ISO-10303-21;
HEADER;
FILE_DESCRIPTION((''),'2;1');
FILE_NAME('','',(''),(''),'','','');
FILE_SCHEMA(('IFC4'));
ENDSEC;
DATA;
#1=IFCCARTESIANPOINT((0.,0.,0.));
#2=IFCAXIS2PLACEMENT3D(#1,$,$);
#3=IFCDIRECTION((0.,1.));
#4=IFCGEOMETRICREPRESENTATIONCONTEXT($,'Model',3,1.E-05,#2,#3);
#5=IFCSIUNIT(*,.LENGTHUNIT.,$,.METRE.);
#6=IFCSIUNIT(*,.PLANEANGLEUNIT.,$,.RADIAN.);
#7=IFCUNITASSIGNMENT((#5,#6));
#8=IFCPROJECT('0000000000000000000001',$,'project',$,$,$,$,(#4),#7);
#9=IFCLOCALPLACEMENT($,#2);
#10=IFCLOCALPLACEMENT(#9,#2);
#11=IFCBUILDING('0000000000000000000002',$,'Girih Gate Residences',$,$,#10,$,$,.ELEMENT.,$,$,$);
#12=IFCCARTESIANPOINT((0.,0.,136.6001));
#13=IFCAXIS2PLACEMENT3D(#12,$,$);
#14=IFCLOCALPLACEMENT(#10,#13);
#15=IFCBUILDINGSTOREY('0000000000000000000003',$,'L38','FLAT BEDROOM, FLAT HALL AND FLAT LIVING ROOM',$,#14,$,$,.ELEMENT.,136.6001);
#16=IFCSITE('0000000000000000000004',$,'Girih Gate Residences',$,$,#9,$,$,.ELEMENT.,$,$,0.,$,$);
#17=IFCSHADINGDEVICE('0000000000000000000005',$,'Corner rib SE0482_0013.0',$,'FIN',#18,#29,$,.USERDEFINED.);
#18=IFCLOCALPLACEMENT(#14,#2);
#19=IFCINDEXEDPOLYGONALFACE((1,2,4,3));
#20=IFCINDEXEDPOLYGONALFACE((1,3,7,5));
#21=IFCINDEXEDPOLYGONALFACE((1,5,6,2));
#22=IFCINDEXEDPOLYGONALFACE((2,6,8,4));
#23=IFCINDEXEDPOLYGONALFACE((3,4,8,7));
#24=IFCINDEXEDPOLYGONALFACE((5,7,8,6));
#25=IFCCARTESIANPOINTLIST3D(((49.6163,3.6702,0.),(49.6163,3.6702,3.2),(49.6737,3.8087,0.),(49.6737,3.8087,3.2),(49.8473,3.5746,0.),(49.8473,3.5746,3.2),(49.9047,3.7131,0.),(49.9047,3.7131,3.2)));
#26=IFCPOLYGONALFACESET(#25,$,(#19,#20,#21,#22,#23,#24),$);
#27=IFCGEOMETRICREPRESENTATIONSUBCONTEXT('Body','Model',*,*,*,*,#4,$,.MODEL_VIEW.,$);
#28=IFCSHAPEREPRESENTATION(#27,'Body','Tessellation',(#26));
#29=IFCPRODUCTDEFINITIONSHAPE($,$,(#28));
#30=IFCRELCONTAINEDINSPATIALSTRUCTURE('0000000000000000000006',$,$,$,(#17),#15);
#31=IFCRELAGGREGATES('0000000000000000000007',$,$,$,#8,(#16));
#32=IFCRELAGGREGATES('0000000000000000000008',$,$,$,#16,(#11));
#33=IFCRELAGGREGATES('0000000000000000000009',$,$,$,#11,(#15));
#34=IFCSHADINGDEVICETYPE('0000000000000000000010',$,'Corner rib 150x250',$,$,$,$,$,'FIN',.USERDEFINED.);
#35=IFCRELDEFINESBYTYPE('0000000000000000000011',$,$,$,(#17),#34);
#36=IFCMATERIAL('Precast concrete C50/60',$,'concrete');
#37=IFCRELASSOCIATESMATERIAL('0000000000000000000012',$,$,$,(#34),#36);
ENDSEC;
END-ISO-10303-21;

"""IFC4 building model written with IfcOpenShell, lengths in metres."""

from ifc_helpers import new_model, si_unit, direction, frame, origin, origin_2d, place, context, subcontext, project, spatial, rectangle, extrude, material, type_object, element, save


model = new_model("IFC4")

# Units and contexts
model_context = context("Model", 3, precision=1e-05, world=origin(), true_north=direction((0.0, 1.0)))
body_context = subcontext(model_context, "Body", "Model", "MODEL_VIEW")
ifc_project = project(units=[si_unit("LENGTHUNIT", "METRE"), si_unit("PLANEANGLEUNIT", "RADIAN")], contexts=[model_context])

# Site, building, storey
site_placement = place(None, origin())
site = spatial("IfcSite", under=ifc_project, at=site_placement, Name="Girih Gate Residences", CompositionType="ELEMENT", RefElevation=0.0)
building_placement = place(site_placement, origin())
building = spatial("IfcBuilding", under=site, at=building_placement, Name="Girih Gate Residences", CompositionType="ELEMENT")
storey_placement = place(building_placement, frame((0.0, 0.0, 136.6001)))
storey = spatial("IfcBuildingStorey", under=building, at=storey_placement, Name="L38", Description="FLAT BEDROOM, FLAT HALL AND FLAT LIVING ROOM", CompositionType="ELEMENT", Elevation=136.6001)

# Shared definitions
ifc_material_1 = material(Name="Precast concrete C50/60", Category="concrete")

# Shading device
shading_device_type = type_object("IfcShadingDeviceType", Name="Corner rib 150x250", ElementType="FIN", PredefinedType="USERDEFINED", material=ifc_material_1)
for number, where, z_axis, x_axis, name in (
    (1, (49.7605, 3.6917, 0.0), (0.0, 0.0, 1.0), (0.382683, 0.92388, 0.0), "Corner rib SE0482_0013.0"),
):
    element("IfcShadingDevice", number, at=place(storey_placement, frame(where, z_axis=z_axis, x_axis=x_axis)), inside=storey, type_object=shading_device_type, Name=name, ObjectType="FIN", PredefinedType="USERDEFINED", context=body_context, shape_type="SweptSolid", body=[
        extrude(rectangle(XDim=0.1499, YDim=0.25, at=origin_2d()), origin(), (0.0, 0.0, 1.0), 3.2),
    ])

save(model, "model.ifc")
